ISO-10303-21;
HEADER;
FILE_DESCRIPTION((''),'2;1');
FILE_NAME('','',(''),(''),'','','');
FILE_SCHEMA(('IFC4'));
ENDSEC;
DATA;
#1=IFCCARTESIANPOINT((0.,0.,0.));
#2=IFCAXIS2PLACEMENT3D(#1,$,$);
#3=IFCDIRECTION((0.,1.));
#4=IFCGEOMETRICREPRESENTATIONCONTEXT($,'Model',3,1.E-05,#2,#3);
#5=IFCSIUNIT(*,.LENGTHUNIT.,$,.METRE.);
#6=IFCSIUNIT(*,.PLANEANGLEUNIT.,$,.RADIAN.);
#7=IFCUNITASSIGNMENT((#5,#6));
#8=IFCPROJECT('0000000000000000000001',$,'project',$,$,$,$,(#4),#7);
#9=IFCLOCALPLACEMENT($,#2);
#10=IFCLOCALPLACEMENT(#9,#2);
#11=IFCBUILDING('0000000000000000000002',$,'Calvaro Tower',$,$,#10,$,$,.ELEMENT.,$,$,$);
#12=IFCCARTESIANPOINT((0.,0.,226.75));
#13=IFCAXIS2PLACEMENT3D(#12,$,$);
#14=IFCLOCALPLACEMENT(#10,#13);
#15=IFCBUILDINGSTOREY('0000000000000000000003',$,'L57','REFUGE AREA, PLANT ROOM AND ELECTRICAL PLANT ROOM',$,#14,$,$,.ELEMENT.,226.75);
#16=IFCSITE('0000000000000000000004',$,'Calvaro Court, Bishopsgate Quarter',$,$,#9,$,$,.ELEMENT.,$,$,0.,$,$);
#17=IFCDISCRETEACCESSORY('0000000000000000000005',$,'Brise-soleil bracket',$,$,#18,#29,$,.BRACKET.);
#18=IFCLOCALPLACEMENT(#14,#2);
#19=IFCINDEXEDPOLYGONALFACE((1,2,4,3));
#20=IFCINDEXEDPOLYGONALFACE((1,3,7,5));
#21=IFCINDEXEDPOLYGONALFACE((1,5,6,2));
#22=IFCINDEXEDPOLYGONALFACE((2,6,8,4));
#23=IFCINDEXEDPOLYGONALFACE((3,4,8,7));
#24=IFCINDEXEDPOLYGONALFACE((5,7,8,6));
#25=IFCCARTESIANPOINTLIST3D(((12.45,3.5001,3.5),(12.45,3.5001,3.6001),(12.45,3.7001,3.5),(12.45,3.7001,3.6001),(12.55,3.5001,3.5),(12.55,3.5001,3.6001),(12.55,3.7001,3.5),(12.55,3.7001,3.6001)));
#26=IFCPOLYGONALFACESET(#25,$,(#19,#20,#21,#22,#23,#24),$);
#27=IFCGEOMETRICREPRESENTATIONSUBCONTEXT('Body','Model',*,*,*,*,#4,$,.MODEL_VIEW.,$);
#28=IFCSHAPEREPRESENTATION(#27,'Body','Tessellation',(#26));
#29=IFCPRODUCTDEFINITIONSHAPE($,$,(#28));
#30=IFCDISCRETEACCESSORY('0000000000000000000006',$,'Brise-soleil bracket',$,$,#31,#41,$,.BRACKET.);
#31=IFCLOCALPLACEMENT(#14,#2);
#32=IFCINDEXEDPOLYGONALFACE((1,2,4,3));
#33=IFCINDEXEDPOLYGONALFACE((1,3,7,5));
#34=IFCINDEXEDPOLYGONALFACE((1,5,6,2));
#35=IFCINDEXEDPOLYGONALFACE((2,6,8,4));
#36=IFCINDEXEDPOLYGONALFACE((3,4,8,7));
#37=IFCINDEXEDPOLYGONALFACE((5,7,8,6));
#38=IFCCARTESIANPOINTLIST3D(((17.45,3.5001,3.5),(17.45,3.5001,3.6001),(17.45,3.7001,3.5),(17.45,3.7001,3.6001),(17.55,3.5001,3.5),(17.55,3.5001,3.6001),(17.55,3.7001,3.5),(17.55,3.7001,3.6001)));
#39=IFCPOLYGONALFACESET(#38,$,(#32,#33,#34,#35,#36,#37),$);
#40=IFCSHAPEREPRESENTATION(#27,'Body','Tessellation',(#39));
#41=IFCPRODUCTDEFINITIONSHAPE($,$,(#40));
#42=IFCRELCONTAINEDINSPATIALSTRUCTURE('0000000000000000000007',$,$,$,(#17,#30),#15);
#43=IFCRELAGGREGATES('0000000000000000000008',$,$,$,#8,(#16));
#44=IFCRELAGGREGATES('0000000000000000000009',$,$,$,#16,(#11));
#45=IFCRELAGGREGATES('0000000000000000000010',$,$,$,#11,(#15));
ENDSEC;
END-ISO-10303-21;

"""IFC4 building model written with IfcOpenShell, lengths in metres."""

from ifc_helpers import new_model, si_unit, direction, frame, origin, origin_2d, place, context, subcontext, project, spatial, rectangle, extrude, element, save


model = new_model("IFC4")

# Units and contexts
model_context = context("Model", 3, precision=1e-05, world=origin(), true_north=direction((0.0, 1.0)))
body_context = subcontext(model_context, "Body", "Model", "MODEL_VIEW")
ifc_project = project(units=[si_unit("LENGTHUNIT", "METRE"), si_unit("PLANEANGLEUNIT", "RADIAN")], contexts=[model_context])

# Site, building, storey
site_placement = place(None, origin())
site = spatial("IfcSite", under=ifc_project, at=site_placement, Name="Calvaro Court, Bishopsgate Quarter", CompositionType="ELEMENT", RefElevation=0.0)
building_placement = place(site_placement, origin())
building = spatial("IfcBuilding", under=site, at=building_placement, Name="Calvaro Tower", CompositionType="ELEMENT")
storey_placement = place(building_placement, frame((0.0, 0.0, 226.75)))
storey = spatial("IfcBuildingStorey", under=building, at=storey_placement, Name="L57", Description="REFUGE AREA, PLANT ROOM AND ELECTRICAL PLANT ROOM", CompositionType="ELEMENT", Elevation=226.75)

# Discrete accessories
for number, where, z_axis, x_axis, name in (
    (1, (12.5, 3.6001, 3.5), (0.0, 0.0, 1.0), (1.0, 0.0, 0.0), "Brise-soleil bracket"),
    (2, (17.5, 3.6001, 3.5), (0.0, 0.0, 1.0), (1.0, 0.0, 0.0), "Brise-soleil bracket"),
):
    element("IfcDiscreteAccessory", number, at=place(storey_placement, frame(where, z_axis=z_axis, x_axis=x_axis)), inside=storey, Name=name, PredefinedType="BRACKET", context=body_context, shape_type="SweptSolid", body=[
        extrude(rectangle(XDim=0.1001, YDim=0.2, at=origin_2d()), origin(), (0.0, 0.0, 1.0), 0.1001),
    ])

save(model, "model.ifc")
